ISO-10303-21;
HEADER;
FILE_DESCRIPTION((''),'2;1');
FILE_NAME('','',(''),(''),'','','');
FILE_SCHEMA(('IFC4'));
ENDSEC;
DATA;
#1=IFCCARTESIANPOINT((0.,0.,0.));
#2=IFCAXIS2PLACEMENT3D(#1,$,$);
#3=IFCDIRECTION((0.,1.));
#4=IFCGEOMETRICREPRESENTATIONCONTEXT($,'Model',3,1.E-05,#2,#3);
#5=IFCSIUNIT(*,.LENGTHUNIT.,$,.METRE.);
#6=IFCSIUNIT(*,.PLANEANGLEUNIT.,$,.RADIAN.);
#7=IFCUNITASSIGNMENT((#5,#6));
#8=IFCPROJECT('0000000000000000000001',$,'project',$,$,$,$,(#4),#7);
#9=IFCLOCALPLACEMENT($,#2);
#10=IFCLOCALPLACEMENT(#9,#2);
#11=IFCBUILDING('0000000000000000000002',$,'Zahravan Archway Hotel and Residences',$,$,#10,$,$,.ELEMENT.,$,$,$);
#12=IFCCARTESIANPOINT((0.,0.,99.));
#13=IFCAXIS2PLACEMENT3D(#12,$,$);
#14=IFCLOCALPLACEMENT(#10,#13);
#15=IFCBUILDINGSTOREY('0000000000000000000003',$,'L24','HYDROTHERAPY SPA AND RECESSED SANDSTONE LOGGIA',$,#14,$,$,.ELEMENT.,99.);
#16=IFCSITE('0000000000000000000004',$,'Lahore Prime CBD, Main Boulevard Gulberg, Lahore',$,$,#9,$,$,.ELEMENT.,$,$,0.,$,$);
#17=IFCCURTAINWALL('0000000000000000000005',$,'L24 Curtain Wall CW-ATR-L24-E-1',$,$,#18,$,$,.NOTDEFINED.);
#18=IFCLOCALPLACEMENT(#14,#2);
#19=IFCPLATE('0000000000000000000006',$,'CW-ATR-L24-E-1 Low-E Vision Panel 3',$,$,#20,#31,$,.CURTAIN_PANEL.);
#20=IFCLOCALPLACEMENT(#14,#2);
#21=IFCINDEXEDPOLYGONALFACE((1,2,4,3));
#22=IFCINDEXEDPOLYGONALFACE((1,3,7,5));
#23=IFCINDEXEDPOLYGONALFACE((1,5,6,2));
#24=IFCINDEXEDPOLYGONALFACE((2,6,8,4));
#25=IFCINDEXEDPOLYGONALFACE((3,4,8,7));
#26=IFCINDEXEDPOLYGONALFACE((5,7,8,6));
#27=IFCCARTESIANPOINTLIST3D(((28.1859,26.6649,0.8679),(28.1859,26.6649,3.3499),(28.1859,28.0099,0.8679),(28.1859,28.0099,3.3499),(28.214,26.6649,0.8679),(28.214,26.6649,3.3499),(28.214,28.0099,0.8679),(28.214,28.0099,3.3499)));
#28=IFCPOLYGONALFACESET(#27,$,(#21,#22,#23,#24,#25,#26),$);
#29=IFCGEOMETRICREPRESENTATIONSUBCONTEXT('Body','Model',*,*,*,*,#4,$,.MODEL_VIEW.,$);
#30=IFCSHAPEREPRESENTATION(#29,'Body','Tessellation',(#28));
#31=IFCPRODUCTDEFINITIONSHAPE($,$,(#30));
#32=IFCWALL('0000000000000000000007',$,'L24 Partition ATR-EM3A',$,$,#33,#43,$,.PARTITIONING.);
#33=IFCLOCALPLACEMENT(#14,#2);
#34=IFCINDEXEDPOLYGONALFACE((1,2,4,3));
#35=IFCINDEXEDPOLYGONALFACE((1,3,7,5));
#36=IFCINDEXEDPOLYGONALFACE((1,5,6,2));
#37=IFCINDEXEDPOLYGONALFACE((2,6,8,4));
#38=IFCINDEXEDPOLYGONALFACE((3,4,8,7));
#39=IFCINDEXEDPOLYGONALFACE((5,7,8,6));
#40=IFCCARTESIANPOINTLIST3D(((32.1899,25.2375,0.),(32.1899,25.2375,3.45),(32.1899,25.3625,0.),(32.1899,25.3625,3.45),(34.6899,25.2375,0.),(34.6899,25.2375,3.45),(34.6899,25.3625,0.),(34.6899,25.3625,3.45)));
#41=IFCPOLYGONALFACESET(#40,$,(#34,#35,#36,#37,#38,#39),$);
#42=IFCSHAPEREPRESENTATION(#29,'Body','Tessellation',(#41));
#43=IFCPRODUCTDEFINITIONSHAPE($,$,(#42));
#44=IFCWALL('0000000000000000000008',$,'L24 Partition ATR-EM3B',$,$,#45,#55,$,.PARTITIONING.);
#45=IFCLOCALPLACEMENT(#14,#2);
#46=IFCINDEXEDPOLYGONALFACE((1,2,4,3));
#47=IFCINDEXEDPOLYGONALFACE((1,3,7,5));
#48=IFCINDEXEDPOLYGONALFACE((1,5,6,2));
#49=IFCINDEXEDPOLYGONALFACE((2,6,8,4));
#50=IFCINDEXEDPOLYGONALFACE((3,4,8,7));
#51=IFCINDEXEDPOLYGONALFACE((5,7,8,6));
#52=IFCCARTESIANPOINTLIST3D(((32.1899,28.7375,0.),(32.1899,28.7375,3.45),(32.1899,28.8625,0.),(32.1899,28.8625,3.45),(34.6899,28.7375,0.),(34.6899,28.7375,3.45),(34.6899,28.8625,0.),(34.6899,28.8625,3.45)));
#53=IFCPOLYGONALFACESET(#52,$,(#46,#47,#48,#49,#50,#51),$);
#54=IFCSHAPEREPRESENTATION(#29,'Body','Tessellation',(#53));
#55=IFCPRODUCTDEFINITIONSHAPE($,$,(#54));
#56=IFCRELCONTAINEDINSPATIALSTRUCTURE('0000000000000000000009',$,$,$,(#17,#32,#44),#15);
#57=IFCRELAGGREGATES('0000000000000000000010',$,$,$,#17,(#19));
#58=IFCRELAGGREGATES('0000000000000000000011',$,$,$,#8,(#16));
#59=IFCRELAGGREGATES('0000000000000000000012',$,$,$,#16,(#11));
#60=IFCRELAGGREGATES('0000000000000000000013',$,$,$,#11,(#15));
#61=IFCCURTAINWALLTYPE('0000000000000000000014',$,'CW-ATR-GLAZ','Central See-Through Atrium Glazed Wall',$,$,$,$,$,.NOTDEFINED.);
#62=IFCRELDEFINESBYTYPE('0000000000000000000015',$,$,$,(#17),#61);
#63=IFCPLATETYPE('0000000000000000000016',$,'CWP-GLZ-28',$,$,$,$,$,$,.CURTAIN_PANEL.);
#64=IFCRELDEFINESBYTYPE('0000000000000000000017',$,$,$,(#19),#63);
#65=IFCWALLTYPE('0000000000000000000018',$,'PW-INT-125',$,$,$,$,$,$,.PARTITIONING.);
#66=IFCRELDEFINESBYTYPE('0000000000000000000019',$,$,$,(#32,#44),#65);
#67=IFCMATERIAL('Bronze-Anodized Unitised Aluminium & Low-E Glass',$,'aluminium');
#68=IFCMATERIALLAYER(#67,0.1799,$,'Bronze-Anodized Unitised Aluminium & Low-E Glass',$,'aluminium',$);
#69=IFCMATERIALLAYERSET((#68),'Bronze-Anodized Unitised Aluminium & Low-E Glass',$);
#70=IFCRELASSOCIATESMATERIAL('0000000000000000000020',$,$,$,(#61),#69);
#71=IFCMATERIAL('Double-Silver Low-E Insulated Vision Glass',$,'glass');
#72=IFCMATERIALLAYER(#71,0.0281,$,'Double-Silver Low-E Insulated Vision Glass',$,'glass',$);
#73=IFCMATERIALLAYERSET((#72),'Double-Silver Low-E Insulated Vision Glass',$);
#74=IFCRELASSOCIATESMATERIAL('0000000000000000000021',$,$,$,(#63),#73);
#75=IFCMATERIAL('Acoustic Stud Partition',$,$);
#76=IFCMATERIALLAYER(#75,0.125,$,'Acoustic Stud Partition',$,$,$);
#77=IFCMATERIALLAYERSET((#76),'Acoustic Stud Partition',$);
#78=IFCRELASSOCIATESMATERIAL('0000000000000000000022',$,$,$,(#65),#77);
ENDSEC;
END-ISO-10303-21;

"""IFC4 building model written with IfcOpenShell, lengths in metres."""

from ifc_helpers import new_model, si_unit, direction, frame, frame_2d, origin, origin_2d, place, context, subcontext, project, spatial, rectangle, extrude, source, transform, mapped, material, layer, layer_set, type_object, element, aggregate, save


model = new_model("IFC4")

# Units and contexts
model_context = context("Model", 3, precision=1e-05, world=origin(), true_north=direction((0.0, 1.0)))
body_context = subcontext(model_context, "Body", "Model", "MODEL_VIEW")
ifc_project = project(units=[si_unit("LENGTHUNIT", "METRE"), si_unit("PLANEANGLEUNIT", "RADIAN")], contexts=[model_context])

# Site, building, storey
site_placement = place(None, origin())
site = spatial("IfcSite", under=ifc_project, at=site_placement, Name="Lahore Prime CBD, Main Boulevard Gulberg, Lahore", CompositionType="ELEMENT", RefElevation=0.0)
building_placement = place(site_placement, origin())
building = spatial("IfcBuilding", under=site, at=building_placement, Name="Zahravan Archway Hotel and Residences", CompositionType="ELEMENT")
storey_placement = place(building_placement, frame((0.0, 0.0, 99.0)))
storey = spatial("IfcBuildingStorey", under=building, at=storey_placement, Name="L24", Description="HYDROTHERAPY SPA AND RECESSED SANDSTONE LOGGIA", CompositionType="ELEMENT", Elevation=99.0)

# Shared definitions
ifc_material_1 = material(Name="Bronze-Anodized Unitised Aluminium & Low-E Glass", Category="aluminium")

# Shared definitions
ifc_layer_1 = layer(ifc_material_1, 0.1799, Name="Bronze-Anodized Unitised Aluminium & Low-E Glass", Category="aluminium")
ifc_layer_set_1 = layer_set([ifc_layer_1], Name="Bronze-Anodized Unitised Aluminium & Low-E Glass")
curtain_wall_type_1 = type_object("IfcCurtainWallType", Name="CW-ATR-GLAZ", Description="Central See-Through Atrium Glazed Wall", PredefinedType="NOTDEFINED", material=ifc_layer_set_1)

# Curtain wall
curtain_wall_1_placement = place(storey_placement, origin())
curtain_wall_1 = element("IfcCurtainWall", 1, at=curtain_wall_1_placement, inside=storey, type_object=curtain_wall_type_1, Name="L24 Curtain Wall CW-ATR-L24-E-1", PredefinedType="NOTDEFINED")

# Plate
ifc_material_2 = material(Name="Double-Silver Low-E Insulated Vision Glass", Category="glass")
ifc_layer_2 = layer(ifc_material_2, 0.0281, Name="Double-Silver Low-E Insulated Vision Glass", Category="glass")
ifc_layer_set_2 = layer_set([ifc_layer_2], Name="Double-Silver Low-E Insulated Vision Glass")
plate_type_1 = type_object("IfcPlateType", Name="CWP-GLZ-28", PredefinedType="CURTAIN_PANEL", material=ifc_layer_set_2)
shared_shape_1 = source(origin(), body_context, "Body", "SweptSolid", [
    extrude(rectangle(XDim=1.345, YDim=0.0281, at=origin_2d()), origin(), (0.0, 0.0, 1.0), 2.4819),
])
plate_1_placement = place(storey_placement, frame((28.2, 27.3374, 0.8679), z_axis=(0.0, 0.0, 1.0), x_axis=(0.0, 1.0, 0.0)))
plate_1 = element("IfcPlate", 2, at=plate_1_placement, type_object=plate_type_1, Name="CW-ATR-L24-E-1 Low-E Vision Panel 3", PredefinedType="CURTAIN_PANEL", context=body_context, shape_type="MappedRepresentation", body=[
    mapped(shared_shape_1, transform((0.0, 0.0, 0.0), scale=1.0)),
])
aggregate(curtain_wall_1, [plate_1])

# Walls
ifc_material_3 = material(Name="Acoustic Stud Partition")
ifc_layer_3 = layer(ifc_material_3, 0.125, Name="Acoustic Stud Partition")
ifc_layer_set_3 = layer_set([ifc_layer_3], Name="Acoustic Stud Partition")
wall_type = type_object("IfcWallType", Name="PW-INT-125", PredefinedType="PARTITIONING", material=ifc_layer_set_3)
for number, where, z_axis, x_axis, name in (
    (3, (32.1899, 25.3, 0.0), (0.0, 0.0, 1.0), (1.0, 0.0, 0.0), "L24 Partition ATR-EM3A"),
    (4, (32.1899, 28.8, 0.0), (0.0, 0.0, 1.0), (1.0, 0.0, 0.0), "L24 Partition ATR-EM3B"),
):
    element("IfcWall", number, at=place(storey_placement, frame(where, z_axis=z_axis, x_axis=x_axis)), inside=storey, type_object=wall_type, Name=name, PredefinedType="PARTITIONING", context=body_context, shape_type="SweptSolid", body=[
        extrude(rectangle(XDim=2.5, YDim=0.125, at=frame_2d((1.25, 0.0))), origin(), (0.0, 0.0, 1.0), 3.45),
    ])

save(model, "model.ifc")
